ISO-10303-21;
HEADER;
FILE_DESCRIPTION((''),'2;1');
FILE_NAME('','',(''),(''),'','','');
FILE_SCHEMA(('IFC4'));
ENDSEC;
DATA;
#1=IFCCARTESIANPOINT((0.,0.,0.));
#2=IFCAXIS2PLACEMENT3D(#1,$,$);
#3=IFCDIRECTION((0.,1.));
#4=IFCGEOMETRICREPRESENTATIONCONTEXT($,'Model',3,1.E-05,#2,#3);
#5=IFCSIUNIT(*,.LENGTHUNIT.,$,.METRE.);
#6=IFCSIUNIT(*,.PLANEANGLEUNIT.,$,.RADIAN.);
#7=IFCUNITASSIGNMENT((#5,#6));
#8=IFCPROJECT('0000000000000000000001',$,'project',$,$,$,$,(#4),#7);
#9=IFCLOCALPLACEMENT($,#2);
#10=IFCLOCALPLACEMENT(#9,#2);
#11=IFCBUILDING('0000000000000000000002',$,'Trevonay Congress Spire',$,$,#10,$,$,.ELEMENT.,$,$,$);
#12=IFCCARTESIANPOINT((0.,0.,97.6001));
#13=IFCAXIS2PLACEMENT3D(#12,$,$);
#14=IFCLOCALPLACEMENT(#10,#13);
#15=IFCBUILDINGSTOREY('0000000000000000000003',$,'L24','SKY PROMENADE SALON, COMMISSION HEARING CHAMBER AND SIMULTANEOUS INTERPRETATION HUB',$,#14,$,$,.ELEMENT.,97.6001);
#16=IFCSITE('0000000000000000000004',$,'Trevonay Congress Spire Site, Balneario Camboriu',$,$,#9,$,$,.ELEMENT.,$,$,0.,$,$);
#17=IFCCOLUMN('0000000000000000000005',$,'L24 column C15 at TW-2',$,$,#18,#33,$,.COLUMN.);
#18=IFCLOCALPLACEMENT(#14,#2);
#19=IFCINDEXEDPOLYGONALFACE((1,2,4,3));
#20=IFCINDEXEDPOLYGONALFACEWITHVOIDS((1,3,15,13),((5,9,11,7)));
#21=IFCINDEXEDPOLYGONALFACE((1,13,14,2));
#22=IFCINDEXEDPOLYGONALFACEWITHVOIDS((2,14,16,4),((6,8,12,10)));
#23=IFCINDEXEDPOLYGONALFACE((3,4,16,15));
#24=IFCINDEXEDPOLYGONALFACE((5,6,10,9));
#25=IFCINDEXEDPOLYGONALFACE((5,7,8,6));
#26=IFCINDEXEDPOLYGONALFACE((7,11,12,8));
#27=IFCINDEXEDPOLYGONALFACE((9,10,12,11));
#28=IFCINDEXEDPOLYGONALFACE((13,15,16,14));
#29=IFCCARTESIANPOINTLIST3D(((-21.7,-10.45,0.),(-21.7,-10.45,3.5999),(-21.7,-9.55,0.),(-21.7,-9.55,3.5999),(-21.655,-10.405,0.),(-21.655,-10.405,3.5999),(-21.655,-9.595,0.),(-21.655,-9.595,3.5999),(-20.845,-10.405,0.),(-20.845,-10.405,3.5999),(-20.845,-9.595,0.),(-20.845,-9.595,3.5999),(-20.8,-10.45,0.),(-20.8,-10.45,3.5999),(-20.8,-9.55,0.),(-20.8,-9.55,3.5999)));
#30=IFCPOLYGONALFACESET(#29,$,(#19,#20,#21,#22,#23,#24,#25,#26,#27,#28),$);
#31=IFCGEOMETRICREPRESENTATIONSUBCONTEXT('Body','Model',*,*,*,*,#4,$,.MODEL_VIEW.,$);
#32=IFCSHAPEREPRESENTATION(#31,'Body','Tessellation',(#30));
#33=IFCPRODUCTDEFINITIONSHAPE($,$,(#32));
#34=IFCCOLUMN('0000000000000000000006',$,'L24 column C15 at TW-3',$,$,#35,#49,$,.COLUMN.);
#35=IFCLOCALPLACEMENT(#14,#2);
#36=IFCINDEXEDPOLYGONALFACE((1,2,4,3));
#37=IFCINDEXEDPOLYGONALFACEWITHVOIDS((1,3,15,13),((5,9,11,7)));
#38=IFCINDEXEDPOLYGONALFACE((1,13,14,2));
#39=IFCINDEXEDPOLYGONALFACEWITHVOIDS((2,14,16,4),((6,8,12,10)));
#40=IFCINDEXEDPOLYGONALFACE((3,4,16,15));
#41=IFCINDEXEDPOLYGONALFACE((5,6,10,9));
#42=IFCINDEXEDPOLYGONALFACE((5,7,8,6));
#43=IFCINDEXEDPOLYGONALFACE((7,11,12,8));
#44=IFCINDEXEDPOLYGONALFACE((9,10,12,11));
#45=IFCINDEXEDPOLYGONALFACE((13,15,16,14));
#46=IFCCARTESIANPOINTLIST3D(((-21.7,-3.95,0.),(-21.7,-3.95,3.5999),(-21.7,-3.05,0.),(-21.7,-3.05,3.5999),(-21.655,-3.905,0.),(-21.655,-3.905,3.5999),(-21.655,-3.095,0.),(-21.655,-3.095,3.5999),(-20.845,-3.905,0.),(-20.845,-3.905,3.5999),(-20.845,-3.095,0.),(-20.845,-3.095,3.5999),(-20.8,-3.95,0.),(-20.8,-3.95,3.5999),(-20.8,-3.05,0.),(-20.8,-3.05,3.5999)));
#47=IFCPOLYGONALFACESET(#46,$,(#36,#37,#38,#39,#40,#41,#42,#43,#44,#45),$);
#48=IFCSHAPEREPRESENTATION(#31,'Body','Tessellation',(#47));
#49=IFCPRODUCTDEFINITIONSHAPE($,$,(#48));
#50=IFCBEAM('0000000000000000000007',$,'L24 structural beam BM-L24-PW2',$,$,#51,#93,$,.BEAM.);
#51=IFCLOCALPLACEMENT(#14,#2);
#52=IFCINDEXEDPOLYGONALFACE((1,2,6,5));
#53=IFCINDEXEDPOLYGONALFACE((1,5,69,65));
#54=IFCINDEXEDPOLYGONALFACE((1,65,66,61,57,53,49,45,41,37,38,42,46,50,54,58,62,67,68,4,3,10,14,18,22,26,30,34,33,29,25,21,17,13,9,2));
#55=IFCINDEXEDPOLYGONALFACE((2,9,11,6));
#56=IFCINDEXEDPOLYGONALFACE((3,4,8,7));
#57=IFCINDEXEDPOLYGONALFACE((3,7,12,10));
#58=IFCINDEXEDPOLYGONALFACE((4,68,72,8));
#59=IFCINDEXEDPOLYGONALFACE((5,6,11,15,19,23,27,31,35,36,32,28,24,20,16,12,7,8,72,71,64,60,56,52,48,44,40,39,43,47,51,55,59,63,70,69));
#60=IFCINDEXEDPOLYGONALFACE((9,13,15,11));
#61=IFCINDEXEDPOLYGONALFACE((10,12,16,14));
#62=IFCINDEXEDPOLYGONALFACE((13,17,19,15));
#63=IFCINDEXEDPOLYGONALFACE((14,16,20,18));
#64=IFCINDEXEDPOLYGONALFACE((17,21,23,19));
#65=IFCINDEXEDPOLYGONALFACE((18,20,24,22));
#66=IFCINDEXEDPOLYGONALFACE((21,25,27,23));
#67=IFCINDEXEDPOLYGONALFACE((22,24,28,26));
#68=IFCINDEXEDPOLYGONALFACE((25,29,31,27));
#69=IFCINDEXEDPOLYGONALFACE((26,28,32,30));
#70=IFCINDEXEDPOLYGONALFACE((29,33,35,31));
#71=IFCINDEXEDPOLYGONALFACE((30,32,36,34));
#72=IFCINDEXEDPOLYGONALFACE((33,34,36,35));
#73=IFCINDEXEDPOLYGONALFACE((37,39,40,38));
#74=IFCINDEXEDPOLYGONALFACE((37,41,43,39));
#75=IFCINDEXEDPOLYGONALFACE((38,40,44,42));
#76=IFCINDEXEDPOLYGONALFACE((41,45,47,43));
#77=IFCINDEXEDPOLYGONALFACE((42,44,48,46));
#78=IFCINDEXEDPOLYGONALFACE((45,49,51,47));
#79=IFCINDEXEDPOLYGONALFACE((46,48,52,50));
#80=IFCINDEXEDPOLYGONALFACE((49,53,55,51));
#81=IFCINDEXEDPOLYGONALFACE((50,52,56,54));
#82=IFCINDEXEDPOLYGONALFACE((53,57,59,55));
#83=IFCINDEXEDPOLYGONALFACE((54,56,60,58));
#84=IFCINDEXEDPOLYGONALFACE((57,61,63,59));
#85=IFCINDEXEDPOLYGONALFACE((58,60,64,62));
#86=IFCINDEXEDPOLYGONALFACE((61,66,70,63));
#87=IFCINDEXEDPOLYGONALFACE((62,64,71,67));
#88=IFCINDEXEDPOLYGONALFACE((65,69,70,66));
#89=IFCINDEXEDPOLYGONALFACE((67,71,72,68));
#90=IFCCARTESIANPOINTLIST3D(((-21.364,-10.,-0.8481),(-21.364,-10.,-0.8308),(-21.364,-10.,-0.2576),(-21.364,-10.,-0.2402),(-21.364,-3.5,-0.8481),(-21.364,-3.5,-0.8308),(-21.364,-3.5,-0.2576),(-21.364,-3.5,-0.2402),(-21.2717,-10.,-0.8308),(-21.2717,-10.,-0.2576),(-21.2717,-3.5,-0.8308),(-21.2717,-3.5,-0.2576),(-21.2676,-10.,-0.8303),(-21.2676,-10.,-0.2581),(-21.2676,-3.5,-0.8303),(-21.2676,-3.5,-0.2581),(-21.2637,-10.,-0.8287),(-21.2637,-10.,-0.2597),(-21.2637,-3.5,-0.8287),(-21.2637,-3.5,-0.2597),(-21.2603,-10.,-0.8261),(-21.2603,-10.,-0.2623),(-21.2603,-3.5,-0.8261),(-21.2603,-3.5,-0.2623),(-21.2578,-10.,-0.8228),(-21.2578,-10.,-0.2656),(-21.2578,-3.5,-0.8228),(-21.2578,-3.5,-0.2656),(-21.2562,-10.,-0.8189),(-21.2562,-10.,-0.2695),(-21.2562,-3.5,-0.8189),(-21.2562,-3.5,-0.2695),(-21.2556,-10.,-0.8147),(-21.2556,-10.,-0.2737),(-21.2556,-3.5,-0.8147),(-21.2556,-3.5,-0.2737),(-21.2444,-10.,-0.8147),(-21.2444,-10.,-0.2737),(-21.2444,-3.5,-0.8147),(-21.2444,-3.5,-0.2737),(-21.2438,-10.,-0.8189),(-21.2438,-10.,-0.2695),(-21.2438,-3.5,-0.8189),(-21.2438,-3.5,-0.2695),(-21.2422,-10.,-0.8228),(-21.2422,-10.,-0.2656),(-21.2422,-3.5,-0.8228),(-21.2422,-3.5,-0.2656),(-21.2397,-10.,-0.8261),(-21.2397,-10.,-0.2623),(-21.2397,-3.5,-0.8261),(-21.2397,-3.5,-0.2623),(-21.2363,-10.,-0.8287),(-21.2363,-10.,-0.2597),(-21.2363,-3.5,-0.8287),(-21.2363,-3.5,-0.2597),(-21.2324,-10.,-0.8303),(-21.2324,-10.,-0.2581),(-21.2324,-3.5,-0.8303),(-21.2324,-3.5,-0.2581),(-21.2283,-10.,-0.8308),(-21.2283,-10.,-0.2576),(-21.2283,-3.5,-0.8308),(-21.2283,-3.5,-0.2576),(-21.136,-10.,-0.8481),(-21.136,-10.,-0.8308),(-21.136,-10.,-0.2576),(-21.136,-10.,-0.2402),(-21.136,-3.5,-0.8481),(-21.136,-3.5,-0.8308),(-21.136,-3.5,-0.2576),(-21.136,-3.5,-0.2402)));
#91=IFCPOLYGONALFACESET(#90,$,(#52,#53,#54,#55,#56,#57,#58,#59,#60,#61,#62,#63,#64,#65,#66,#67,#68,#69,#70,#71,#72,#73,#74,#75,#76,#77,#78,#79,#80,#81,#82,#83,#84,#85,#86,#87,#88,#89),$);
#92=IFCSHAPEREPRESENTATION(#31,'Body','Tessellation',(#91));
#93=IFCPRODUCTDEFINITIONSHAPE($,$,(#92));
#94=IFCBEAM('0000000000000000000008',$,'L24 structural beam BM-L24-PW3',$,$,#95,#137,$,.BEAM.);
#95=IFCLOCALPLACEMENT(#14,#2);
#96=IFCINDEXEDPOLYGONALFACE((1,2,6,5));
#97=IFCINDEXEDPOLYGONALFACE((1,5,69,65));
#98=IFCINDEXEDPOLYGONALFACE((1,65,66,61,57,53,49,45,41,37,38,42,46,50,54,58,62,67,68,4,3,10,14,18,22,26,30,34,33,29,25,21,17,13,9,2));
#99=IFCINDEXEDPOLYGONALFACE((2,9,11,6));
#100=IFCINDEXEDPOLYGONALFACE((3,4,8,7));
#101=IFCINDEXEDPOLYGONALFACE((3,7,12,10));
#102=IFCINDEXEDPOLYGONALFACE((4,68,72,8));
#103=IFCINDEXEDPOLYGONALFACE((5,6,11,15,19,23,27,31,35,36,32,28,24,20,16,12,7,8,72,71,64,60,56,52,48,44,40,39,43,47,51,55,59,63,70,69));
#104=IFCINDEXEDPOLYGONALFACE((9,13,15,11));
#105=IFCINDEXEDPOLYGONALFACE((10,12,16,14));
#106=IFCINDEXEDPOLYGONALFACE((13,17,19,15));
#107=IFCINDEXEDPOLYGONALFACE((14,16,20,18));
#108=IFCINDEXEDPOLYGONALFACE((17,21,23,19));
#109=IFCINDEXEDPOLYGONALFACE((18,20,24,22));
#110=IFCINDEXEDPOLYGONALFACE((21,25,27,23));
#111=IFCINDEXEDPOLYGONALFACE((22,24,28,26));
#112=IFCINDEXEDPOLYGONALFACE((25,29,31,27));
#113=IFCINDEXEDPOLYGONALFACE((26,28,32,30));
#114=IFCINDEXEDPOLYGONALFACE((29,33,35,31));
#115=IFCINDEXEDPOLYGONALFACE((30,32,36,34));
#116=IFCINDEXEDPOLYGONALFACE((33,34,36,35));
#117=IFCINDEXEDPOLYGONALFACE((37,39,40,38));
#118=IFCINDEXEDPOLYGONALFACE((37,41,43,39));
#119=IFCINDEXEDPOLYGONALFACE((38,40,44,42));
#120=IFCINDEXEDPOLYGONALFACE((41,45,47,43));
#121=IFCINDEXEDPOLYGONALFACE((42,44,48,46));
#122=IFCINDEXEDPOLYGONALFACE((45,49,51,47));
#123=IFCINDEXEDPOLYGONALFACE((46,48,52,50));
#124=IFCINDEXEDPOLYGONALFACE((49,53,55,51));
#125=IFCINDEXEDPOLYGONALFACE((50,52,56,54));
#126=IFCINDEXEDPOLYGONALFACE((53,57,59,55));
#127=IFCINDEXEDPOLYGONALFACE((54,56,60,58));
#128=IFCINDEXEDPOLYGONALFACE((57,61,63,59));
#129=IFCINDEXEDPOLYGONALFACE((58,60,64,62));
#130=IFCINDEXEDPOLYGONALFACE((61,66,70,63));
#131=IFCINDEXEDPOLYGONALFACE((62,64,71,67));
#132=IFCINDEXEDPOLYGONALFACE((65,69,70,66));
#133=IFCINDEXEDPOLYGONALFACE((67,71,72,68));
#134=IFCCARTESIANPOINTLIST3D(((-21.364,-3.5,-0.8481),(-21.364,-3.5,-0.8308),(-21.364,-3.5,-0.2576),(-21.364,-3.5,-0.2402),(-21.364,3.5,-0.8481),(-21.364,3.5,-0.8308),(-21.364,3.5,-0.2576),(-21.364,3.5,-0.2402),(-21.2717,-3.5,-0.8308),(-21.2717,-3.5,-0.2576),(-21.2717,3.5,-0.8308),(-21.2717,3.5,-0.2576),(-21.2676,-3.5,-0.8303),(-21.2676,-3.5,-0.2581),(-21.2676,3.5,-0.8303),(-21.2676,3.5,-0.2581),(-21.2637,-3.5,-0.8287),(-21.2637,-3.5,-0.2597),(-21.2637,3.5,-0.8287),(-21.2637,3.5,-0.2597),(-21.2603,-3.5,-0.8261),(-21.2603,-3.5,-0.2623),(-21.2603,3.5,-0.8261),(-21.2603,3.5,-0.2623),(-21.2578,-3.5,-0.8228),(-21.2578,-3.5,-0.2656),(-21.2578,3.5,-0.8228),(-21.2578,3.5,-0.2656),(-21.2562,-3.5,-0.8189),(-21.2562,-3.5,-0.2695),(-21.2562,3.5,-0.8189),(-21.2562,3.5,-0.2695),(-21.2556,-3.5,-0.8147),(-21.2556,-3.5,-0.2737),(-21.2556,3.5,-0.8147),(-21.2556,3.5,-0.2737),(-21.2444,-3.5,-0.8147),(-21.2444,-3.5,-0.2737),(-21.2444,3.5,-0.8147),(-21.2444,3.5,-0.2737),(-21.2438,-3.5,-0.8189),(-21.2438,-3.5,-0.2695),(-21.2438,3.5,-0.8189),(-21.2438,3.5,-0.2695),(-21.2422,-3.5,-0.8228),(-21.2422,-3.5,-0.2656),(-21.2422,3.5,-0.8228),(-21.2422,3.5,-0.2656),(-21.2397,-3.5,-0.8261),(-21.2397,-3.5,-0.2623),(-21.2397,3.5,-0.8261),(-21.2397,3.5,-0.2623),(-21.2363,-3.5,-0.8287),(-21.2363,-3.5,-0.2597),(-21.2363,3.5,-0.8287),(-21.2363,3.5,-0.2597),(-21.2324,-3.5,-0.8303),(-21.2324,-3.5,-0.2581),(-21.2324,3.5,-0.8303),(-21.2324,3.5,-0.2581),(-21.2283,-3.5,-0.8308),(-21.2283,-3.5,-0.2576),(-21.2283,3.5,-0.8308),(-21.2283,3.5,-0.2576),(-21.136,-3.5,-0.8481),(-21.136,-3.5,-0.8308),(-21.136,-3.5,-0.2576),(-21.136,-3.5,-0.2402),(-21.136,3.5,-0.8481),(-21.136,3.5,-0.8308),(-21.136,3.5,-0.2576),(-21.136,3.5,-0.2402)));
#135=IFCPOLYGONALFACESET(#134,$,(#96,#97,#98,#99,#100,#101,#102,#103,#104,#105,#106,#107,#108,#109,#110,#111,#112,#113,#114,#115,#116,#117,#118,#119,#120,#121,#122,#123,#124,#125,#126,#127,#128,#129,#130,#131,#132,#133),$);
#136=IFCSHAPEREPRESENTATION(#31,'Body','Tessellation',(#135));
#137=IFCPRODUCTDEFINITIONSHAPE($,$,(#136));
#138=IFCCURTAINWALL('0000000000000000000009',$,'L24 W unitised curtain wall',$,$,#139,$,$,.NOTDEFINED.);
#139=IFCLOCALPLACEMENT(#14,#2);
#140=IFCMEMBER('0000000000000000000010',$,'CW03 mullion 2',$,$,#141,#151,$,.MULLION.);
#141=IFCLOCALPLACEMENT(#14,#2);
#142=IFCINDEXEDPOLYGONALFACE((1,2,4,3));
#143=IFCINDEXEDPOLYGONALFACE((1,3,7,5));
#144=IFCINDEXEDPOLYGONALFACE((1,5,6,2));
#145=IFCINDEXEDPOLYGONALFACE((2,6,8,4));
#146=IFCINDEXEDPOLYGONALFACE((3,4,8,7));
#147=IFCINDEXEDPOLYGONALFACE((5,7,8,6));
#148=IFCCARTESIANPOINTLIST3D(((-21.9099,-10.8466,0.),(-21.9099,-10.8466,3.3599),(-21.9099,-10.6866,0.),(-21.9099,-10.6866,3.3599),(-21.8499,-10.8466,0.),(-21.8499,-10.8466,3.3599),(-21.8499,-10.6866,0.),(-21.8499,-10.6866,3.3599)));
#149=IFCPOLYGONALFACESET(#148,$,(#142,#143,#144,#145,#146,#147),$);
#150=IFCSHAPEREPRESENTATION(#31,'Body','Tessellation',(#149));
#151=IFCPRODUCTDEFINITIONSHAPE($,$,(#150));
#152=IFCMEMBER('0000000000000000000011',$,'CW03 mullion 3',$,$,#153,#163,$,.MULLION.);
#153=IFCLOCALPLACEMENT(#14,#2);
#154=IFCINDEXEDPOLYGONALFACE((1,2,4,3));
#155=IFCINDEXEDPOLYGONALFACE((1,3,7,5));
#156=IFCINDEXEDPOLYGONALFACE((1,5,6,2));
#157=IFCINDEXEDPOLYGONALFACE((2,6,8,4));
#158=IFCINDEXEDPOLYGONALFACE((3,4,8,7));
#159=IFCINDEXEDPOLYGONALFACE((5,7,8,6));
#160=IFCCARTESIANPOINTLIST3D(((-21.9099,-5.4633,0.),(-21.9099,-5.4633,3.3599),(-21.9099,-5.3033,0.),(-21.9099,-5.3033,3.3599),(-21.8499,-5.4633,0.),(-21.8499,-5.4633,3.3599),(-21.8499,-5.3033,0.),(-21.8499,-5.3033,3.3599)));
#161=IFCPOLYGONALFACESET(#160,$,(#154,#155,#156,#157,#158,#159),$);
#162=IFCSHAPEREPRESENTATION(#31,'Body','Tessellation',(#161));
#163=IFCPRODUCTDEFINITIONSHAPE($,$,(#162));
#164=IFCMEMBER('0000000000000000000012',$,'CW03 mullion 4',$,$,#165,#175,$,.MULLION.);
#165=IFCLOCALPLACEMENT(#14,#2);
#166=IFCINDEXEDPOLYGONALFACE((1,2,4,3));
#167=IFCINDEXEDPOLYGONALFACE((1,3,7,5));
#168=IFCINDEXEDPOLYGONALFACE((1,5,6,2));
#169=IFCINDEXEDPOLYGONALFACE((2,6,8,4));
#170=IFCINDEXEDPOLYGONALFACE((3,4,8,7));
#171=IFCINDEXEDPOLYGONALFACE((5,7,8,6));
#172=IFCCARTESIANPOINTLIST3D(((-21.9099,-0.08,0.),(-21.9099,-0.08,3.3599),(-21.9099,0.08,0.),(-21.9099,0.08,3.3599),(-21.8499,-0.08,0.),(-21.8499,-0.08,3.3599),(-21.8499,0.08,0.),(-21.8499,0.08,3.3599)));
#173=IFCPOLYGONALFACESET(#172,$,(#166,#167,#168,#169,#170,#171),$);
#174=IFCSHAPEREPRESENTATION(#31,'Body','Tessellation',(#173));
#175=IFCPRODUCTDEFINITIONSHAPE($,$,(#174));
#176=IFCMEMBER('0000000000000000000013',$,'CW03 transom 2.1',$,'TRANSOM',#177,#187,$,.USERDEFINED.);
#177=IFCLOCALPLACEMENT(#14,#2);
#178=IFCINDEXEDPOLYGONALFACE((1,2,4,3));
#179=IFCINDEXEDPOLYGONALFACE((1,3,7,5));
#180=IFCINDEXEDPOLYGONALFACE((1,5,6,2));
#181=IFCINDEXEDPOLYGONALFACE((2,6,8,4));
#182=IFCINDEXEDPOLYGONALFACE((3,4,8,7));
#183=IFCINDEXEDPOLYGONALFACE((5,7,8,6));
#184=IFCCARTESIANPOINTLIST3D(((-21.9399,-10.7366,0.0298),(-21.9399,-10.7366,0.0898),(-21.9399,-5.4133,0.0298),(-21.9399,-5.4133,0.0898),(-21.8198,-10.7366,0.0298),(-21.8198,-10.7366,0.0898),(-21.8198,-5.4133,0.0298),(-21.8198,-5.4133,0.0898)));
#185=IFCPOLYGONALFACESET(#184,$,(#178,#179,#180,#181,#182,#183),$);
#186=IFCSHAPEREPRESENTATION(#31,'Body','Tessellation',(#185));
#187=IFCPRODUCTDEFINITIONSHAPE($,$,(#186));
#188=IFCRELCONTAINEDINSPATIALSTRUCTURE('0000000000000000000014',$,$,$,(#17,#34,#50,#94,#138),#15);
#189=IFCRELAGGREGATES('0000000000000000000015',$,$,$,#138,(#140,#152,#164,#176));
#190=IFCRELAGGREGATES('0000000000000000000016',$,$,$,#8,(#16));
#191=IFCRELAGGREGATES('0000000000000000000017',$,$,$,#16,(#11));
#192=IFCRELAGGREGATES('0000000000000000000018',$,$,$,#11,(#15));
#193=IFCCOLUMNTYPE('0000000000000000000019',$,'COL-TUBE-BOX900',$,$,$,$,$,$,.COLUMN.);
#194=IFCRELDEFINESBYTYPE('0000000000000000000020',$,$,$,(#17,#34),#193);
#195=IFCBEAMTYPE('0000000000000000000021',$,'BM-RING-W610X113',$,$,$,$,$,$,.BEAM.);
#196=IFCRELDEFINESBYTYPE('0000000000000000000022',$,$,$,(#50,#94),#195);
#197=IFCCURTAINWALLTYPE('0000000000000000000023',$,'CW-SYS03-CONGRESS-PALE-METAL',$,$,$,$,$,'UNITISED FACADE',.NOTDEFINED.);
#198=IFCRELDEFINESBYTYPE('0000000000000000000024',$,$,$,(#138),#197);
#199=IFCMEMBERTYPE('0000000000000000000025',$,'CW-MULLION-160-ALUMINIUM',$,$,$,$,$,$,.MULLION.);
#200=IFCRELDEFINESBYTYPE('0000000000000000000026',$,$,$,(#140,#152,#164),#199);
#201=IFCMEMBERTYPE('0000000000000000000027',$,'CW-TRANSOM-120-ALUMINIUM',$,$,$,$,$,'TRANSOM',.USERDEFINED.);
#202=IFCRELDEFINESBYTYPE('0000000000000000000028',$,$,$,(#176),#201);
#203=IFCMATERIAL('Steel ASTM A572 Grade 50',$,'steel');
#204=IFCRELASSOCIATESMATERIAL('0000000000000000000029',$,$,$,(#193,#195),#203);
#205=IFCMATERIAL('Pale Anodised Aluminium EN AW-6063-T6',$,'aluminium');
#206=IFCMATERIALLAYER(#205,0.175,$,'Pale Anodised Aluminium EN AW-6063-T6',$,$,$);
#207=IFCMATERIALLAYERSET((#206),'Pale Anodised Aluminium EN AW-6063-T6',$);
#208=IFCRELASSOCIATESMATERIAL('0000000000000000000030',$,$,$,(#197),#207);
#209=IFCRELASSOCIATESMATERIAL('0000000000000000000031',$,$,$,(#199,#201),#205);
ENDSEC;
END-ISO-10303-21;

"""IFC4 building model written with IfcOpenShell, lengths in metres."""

from ifc_helpers import new_model, si_unit, direction, frame, origin, origin_2d, place, context, subcontext, project, spatial, rectangle, hollow_rectangle, i_section, extrude, material, layer, layer_set, material_profile, profile_set, type_object, element, aggregate, save


model = new_model("IFC4")

# Units and contexts
model_context = context("Model", 3, precision=1e-05, world=origin(), true_north=direction((0.0, 1.0)))
body_context = subcontext(model_context, "Body", "Model", "MODEL_VIEW")
ifc_project = project(units=[si_unit("LENGTHUNIT", "METRE"), si_unit("PLANEANGLEUNIT", "RADIAN")], contexts=[model_context])

# Site, building, storey
site_placement = place(None, origin())
site = spatial("IfcSite", under=ifc_project, at=site_placement, Name="Trevonay Congress Spire Site, Balneario Camboriu", CompositionType="ELEMENT", RefElevation=0.0)
building_placement = place(site_placement, origin())
building = spatial("IfcBuilding", under=site, at=building_placement, Name="Trevonay Congress Spire", CompositionType="ELEMENT")
storey_placement = place(building_placement, frame((0.0, 0.0, 97.6001)))
storey = spatial("IfcBuildingStorey", under=building, at=storey_placement, Name="L24", Description="SKY PROMENADE SALON, COMMISSION HEARING CHAMBER AND SIMULTANEOUS INTERPRETATION HUB", CompositionType="ELEMENT", Elevation=97.6001)

# Columns
ifc_material_1 = material(Name="Steel ASTM A572 Grade 50", Category="steel")
ifc_material_profile_1 = material_profile(ifc_material_1, hollow_rectangle(XDim=0.8999, YDim=0.8999, WallThickness=0.0449, at=origin_2d()), Name="BOX 900x900x45")
ifc_profile_set_1 = profile_set([ifc_material_profile_1], Name="Steel ASTM A572 Grade 50")
column_type = type_object("IfcColumnType", Name="COL-TUBE-BOX900", PredefinedType="COLUMN", material=ifc_profile_set_1)
for number, where, z_axis, x_axis, name in (
    (1, (-21.25, -10.0, 0.0), (0.0, 0.0, 1.0), (1.0, 0.0, 0.0), "L24 column C15 at TW-2"),
    (2, (-21.25, -3.5, 0.0), (0.0, 0.0, 1.0), (1.0, 0.0, 0.0), "L24 column C15 at TW-3"),
):
    element("IfcColumn", number, at=place(storey_placement, frame(where, z_axis=z_axis, x_axis=x_axis)), inside=storey, type_object=column_type, Name=name, PredefinedType="COLUMN", context=body_context, shape_type="SweptSolid", body=[
        extrude(hollow_rectangle(XDim=0.8999, YDim=0.8999, WallThickness=0.0449, at=origin_2d()), origin(), (0.0, 0.0, 1.0), 3.5999),
    ])

# Beams
ifc_material_profile_2 = material_profile(ifc_material_1, i_section(OverallWidth=0.228, OverallDepth=0.6079, WebThickness=0.0112, FlangeThickness=0.0173, FilletRadius=0.0161, at=origin_2d()), Name="W610x113")
ifc_profile_set_2 = profile_set([ifc_material_profile_2], Name="Steel ASTM A572 Grade 50")
beam_type_1 = type_object("IfcBeamType", Name="BM-RING-W610X113", PredefinedType="BEAM", material=ifc_profile_set_2)
beam_1_placement = place(storey_placement, frame((-21.25, -10.0, -0.5442), z_axis=(0.0, 1.0, 0.0), x_axis=(-1.0, 0.0, 0.0)))
element("IfcBeam", 3, at=beam_1_placement, inside=storey, type_object=beam_type_1, Name="L24 structural beam BM-L24-PW2", PredefinedType="BEAM", context=body_context, shape_type="SweptSolid", body=[
    extrude(i_section(OverallWidth=0.228, OverallDepth=0.6079, WebThickness=0.0112, FlangeThickness=0.0173, FilletRadius=0.0161, at=origin_2d()), origin(), (0.0, 0.0, 1.0), 6.5),
])
beam_2_placement = place(storey_placement, frame((-21.25, -3.5, -0.5442), z_axis=(0.0, 1.0, 0.0), x_axis=(-1.0, 0.0, 0.0)))
element("IfcBeam", 4, at=beam_2_placement, inside=storey, type_object=beam_type_1, Name="L24 structural beam BM-L24-PW3", PredefinedType="BEAM", context=body_context, shape_type="SweptSolid", body=[
    extrude(i_section(OverallWidth=0.228, OverallDepth=0.6079, WebThickness=0.0112, FlangeThickness=0.0173, FilletRadius=0.0161, at=origin_2d()), origin(), (0.0, 0.0, 1.0), 7.0),
])

# Curtain wall, members
ifc_material_2 = material(Name="Pale Anodised Aluminium EN AW-6063-T6", Category="aluminium")
ifc_layer_1 = layer(ifc_material_2, 0.175, Name="Pale Anodised Aluminium EN AW-6063-T6")
ifc_layer_set_1 = layer_set([ifc_layer_1], Name="Pale Anodised Aluminium EN AW-6063-T6")
curtain_wall_type = type_object("IfcCurtainWallType", Name="CW-SYS03-CONGRESS-PALE-METAL", ElementType="UNITISED FACADE", PredefinedType="NOTDEFINED", material=ifc_layer_set_1)
curtain_wall_placement = place(storey_placement, origin())
curtain_wall = element("IfcCurtainWall", 5, at=curtain_wall_placement, inside=storey, type_object=curtain_wall_type, Name="L24 W unitised curtain wall", PredefinedType="NOTDEFINED")
ifc_material_profile_3 = material_profile(ifc_material_2, rectangle(XDim=0.0601, YDim=0.1599, at=origin_2d()), Name="CW-MULLION-160-ALUMINIUM")
ifc_profile_set_3 = profile_set([ifc_material_profile_3], Name="Pale Anodised Aluminium EN AW-6063-T6")
member_type_1 = type_object("IfcMemberType", Name="CW-MULLION-160-ALUMINIUM", PredefinedType="MULLION", material=ifc_profile_set_3)
member_1_placement = place(storey_placement, frame((-21.8799, -10.7666, 0.0), z_axis=(0.0, 0.0, 1.0), x_axis=(-1.0, 0.0, 0.0)))
member_1 = element("IfcMember", 6, at=member_1_placement, type_object=member_type_1, Name="CW03 mullion 2", PredefinedType="MULLION", context=body_context, shape_type="SweptSolid", body=[
    extrude(rectangle(XDim=0.0601, YDim=0.1599, at=origin_2d()), origin(), (0.0, 0.0, 1.0), 3.3599),
])
member_2_placement = place(storey_placement, frame((-21.8799, -5.3833, 0.0), z_axis=(0.0, 0.0, 1.0), x_axis=(-1.0, 0.0, 0.0)))
member_2 = element("IfcMember", 7, at=member_2_placement, type_object=member_type_1, Name="CW03 mullion 3", PredefinedType="MULLION", context=body_context, shape_type="SweptSolid", body=[
    extrude(rectangle(XDim=0.0601, YDim=0.1599, at=origin_2d()), origin(), (0.0, 0.0, 1.0), 3.3599),
])
member_3_placement = place(storey_placement, frame((-21.8799, 0.0, 0.0), z_axis=(0.0, 0.0, 1.0), x_axis=(-1.0, 0.0, 0.0)))
member_3 = element("IfcMember", 8, at=member_3_placement, type_object=member_type_1, Name="CW03 mullion 4", PredefinedType="MULLION", context=body_context, shape_type="SweptSolid", body=[
    extrude(rectangle(XDim=0.0601, YDim=0.1599, at=origin_2d()), origin(), (0.0, 0.0, 1.0), 3.3599),
])
ifc_material_profile_4 = material_profile(ifc_material_2, rectangle(XDim=0.1201, YDim=0.0601, at=origin_2d()), Name="CW-TRANSOM-120-ALUMINIUM")
ifc_profile_set_4 = profile_set([ifc_material_profile_4], Name="Pale Anodised Aluminium EN AW-6063-T6")
member_type_2 = type_object("IfcMemberType", Name="CW-TRANSOM-120-ALUMINIUM", ElementType="TRANSOM", PredefinedType="USERDEFINED", material=ifc_profile_set_4)
member_4_placement = place(storey_placement, frame((-21.8799, -10.7366, 0.0598), z_axis=(0.0, 1.0, 0.0), x_axis=(-1.0, 0.0, 0.0)))
member_4 = element("IfcMember", 9, at=member_4_placement, type_object=member_type_2, Name="CW03 transom 2.1", ObjectType="TRANSOM", PredefinedType="USERDEFINED", context=body_context, shape_type="SweptSolid", body=[
    extrude(rectangle(XDim=0.1201, YDim=0.0601, at=origin_2d()), origin(), (0.0, 0.0, 1.0), 5.3232),
])

aggregate(curtain_wall, [member_1, member_2, member_3, member_4])

save(model, "model.ifc")
